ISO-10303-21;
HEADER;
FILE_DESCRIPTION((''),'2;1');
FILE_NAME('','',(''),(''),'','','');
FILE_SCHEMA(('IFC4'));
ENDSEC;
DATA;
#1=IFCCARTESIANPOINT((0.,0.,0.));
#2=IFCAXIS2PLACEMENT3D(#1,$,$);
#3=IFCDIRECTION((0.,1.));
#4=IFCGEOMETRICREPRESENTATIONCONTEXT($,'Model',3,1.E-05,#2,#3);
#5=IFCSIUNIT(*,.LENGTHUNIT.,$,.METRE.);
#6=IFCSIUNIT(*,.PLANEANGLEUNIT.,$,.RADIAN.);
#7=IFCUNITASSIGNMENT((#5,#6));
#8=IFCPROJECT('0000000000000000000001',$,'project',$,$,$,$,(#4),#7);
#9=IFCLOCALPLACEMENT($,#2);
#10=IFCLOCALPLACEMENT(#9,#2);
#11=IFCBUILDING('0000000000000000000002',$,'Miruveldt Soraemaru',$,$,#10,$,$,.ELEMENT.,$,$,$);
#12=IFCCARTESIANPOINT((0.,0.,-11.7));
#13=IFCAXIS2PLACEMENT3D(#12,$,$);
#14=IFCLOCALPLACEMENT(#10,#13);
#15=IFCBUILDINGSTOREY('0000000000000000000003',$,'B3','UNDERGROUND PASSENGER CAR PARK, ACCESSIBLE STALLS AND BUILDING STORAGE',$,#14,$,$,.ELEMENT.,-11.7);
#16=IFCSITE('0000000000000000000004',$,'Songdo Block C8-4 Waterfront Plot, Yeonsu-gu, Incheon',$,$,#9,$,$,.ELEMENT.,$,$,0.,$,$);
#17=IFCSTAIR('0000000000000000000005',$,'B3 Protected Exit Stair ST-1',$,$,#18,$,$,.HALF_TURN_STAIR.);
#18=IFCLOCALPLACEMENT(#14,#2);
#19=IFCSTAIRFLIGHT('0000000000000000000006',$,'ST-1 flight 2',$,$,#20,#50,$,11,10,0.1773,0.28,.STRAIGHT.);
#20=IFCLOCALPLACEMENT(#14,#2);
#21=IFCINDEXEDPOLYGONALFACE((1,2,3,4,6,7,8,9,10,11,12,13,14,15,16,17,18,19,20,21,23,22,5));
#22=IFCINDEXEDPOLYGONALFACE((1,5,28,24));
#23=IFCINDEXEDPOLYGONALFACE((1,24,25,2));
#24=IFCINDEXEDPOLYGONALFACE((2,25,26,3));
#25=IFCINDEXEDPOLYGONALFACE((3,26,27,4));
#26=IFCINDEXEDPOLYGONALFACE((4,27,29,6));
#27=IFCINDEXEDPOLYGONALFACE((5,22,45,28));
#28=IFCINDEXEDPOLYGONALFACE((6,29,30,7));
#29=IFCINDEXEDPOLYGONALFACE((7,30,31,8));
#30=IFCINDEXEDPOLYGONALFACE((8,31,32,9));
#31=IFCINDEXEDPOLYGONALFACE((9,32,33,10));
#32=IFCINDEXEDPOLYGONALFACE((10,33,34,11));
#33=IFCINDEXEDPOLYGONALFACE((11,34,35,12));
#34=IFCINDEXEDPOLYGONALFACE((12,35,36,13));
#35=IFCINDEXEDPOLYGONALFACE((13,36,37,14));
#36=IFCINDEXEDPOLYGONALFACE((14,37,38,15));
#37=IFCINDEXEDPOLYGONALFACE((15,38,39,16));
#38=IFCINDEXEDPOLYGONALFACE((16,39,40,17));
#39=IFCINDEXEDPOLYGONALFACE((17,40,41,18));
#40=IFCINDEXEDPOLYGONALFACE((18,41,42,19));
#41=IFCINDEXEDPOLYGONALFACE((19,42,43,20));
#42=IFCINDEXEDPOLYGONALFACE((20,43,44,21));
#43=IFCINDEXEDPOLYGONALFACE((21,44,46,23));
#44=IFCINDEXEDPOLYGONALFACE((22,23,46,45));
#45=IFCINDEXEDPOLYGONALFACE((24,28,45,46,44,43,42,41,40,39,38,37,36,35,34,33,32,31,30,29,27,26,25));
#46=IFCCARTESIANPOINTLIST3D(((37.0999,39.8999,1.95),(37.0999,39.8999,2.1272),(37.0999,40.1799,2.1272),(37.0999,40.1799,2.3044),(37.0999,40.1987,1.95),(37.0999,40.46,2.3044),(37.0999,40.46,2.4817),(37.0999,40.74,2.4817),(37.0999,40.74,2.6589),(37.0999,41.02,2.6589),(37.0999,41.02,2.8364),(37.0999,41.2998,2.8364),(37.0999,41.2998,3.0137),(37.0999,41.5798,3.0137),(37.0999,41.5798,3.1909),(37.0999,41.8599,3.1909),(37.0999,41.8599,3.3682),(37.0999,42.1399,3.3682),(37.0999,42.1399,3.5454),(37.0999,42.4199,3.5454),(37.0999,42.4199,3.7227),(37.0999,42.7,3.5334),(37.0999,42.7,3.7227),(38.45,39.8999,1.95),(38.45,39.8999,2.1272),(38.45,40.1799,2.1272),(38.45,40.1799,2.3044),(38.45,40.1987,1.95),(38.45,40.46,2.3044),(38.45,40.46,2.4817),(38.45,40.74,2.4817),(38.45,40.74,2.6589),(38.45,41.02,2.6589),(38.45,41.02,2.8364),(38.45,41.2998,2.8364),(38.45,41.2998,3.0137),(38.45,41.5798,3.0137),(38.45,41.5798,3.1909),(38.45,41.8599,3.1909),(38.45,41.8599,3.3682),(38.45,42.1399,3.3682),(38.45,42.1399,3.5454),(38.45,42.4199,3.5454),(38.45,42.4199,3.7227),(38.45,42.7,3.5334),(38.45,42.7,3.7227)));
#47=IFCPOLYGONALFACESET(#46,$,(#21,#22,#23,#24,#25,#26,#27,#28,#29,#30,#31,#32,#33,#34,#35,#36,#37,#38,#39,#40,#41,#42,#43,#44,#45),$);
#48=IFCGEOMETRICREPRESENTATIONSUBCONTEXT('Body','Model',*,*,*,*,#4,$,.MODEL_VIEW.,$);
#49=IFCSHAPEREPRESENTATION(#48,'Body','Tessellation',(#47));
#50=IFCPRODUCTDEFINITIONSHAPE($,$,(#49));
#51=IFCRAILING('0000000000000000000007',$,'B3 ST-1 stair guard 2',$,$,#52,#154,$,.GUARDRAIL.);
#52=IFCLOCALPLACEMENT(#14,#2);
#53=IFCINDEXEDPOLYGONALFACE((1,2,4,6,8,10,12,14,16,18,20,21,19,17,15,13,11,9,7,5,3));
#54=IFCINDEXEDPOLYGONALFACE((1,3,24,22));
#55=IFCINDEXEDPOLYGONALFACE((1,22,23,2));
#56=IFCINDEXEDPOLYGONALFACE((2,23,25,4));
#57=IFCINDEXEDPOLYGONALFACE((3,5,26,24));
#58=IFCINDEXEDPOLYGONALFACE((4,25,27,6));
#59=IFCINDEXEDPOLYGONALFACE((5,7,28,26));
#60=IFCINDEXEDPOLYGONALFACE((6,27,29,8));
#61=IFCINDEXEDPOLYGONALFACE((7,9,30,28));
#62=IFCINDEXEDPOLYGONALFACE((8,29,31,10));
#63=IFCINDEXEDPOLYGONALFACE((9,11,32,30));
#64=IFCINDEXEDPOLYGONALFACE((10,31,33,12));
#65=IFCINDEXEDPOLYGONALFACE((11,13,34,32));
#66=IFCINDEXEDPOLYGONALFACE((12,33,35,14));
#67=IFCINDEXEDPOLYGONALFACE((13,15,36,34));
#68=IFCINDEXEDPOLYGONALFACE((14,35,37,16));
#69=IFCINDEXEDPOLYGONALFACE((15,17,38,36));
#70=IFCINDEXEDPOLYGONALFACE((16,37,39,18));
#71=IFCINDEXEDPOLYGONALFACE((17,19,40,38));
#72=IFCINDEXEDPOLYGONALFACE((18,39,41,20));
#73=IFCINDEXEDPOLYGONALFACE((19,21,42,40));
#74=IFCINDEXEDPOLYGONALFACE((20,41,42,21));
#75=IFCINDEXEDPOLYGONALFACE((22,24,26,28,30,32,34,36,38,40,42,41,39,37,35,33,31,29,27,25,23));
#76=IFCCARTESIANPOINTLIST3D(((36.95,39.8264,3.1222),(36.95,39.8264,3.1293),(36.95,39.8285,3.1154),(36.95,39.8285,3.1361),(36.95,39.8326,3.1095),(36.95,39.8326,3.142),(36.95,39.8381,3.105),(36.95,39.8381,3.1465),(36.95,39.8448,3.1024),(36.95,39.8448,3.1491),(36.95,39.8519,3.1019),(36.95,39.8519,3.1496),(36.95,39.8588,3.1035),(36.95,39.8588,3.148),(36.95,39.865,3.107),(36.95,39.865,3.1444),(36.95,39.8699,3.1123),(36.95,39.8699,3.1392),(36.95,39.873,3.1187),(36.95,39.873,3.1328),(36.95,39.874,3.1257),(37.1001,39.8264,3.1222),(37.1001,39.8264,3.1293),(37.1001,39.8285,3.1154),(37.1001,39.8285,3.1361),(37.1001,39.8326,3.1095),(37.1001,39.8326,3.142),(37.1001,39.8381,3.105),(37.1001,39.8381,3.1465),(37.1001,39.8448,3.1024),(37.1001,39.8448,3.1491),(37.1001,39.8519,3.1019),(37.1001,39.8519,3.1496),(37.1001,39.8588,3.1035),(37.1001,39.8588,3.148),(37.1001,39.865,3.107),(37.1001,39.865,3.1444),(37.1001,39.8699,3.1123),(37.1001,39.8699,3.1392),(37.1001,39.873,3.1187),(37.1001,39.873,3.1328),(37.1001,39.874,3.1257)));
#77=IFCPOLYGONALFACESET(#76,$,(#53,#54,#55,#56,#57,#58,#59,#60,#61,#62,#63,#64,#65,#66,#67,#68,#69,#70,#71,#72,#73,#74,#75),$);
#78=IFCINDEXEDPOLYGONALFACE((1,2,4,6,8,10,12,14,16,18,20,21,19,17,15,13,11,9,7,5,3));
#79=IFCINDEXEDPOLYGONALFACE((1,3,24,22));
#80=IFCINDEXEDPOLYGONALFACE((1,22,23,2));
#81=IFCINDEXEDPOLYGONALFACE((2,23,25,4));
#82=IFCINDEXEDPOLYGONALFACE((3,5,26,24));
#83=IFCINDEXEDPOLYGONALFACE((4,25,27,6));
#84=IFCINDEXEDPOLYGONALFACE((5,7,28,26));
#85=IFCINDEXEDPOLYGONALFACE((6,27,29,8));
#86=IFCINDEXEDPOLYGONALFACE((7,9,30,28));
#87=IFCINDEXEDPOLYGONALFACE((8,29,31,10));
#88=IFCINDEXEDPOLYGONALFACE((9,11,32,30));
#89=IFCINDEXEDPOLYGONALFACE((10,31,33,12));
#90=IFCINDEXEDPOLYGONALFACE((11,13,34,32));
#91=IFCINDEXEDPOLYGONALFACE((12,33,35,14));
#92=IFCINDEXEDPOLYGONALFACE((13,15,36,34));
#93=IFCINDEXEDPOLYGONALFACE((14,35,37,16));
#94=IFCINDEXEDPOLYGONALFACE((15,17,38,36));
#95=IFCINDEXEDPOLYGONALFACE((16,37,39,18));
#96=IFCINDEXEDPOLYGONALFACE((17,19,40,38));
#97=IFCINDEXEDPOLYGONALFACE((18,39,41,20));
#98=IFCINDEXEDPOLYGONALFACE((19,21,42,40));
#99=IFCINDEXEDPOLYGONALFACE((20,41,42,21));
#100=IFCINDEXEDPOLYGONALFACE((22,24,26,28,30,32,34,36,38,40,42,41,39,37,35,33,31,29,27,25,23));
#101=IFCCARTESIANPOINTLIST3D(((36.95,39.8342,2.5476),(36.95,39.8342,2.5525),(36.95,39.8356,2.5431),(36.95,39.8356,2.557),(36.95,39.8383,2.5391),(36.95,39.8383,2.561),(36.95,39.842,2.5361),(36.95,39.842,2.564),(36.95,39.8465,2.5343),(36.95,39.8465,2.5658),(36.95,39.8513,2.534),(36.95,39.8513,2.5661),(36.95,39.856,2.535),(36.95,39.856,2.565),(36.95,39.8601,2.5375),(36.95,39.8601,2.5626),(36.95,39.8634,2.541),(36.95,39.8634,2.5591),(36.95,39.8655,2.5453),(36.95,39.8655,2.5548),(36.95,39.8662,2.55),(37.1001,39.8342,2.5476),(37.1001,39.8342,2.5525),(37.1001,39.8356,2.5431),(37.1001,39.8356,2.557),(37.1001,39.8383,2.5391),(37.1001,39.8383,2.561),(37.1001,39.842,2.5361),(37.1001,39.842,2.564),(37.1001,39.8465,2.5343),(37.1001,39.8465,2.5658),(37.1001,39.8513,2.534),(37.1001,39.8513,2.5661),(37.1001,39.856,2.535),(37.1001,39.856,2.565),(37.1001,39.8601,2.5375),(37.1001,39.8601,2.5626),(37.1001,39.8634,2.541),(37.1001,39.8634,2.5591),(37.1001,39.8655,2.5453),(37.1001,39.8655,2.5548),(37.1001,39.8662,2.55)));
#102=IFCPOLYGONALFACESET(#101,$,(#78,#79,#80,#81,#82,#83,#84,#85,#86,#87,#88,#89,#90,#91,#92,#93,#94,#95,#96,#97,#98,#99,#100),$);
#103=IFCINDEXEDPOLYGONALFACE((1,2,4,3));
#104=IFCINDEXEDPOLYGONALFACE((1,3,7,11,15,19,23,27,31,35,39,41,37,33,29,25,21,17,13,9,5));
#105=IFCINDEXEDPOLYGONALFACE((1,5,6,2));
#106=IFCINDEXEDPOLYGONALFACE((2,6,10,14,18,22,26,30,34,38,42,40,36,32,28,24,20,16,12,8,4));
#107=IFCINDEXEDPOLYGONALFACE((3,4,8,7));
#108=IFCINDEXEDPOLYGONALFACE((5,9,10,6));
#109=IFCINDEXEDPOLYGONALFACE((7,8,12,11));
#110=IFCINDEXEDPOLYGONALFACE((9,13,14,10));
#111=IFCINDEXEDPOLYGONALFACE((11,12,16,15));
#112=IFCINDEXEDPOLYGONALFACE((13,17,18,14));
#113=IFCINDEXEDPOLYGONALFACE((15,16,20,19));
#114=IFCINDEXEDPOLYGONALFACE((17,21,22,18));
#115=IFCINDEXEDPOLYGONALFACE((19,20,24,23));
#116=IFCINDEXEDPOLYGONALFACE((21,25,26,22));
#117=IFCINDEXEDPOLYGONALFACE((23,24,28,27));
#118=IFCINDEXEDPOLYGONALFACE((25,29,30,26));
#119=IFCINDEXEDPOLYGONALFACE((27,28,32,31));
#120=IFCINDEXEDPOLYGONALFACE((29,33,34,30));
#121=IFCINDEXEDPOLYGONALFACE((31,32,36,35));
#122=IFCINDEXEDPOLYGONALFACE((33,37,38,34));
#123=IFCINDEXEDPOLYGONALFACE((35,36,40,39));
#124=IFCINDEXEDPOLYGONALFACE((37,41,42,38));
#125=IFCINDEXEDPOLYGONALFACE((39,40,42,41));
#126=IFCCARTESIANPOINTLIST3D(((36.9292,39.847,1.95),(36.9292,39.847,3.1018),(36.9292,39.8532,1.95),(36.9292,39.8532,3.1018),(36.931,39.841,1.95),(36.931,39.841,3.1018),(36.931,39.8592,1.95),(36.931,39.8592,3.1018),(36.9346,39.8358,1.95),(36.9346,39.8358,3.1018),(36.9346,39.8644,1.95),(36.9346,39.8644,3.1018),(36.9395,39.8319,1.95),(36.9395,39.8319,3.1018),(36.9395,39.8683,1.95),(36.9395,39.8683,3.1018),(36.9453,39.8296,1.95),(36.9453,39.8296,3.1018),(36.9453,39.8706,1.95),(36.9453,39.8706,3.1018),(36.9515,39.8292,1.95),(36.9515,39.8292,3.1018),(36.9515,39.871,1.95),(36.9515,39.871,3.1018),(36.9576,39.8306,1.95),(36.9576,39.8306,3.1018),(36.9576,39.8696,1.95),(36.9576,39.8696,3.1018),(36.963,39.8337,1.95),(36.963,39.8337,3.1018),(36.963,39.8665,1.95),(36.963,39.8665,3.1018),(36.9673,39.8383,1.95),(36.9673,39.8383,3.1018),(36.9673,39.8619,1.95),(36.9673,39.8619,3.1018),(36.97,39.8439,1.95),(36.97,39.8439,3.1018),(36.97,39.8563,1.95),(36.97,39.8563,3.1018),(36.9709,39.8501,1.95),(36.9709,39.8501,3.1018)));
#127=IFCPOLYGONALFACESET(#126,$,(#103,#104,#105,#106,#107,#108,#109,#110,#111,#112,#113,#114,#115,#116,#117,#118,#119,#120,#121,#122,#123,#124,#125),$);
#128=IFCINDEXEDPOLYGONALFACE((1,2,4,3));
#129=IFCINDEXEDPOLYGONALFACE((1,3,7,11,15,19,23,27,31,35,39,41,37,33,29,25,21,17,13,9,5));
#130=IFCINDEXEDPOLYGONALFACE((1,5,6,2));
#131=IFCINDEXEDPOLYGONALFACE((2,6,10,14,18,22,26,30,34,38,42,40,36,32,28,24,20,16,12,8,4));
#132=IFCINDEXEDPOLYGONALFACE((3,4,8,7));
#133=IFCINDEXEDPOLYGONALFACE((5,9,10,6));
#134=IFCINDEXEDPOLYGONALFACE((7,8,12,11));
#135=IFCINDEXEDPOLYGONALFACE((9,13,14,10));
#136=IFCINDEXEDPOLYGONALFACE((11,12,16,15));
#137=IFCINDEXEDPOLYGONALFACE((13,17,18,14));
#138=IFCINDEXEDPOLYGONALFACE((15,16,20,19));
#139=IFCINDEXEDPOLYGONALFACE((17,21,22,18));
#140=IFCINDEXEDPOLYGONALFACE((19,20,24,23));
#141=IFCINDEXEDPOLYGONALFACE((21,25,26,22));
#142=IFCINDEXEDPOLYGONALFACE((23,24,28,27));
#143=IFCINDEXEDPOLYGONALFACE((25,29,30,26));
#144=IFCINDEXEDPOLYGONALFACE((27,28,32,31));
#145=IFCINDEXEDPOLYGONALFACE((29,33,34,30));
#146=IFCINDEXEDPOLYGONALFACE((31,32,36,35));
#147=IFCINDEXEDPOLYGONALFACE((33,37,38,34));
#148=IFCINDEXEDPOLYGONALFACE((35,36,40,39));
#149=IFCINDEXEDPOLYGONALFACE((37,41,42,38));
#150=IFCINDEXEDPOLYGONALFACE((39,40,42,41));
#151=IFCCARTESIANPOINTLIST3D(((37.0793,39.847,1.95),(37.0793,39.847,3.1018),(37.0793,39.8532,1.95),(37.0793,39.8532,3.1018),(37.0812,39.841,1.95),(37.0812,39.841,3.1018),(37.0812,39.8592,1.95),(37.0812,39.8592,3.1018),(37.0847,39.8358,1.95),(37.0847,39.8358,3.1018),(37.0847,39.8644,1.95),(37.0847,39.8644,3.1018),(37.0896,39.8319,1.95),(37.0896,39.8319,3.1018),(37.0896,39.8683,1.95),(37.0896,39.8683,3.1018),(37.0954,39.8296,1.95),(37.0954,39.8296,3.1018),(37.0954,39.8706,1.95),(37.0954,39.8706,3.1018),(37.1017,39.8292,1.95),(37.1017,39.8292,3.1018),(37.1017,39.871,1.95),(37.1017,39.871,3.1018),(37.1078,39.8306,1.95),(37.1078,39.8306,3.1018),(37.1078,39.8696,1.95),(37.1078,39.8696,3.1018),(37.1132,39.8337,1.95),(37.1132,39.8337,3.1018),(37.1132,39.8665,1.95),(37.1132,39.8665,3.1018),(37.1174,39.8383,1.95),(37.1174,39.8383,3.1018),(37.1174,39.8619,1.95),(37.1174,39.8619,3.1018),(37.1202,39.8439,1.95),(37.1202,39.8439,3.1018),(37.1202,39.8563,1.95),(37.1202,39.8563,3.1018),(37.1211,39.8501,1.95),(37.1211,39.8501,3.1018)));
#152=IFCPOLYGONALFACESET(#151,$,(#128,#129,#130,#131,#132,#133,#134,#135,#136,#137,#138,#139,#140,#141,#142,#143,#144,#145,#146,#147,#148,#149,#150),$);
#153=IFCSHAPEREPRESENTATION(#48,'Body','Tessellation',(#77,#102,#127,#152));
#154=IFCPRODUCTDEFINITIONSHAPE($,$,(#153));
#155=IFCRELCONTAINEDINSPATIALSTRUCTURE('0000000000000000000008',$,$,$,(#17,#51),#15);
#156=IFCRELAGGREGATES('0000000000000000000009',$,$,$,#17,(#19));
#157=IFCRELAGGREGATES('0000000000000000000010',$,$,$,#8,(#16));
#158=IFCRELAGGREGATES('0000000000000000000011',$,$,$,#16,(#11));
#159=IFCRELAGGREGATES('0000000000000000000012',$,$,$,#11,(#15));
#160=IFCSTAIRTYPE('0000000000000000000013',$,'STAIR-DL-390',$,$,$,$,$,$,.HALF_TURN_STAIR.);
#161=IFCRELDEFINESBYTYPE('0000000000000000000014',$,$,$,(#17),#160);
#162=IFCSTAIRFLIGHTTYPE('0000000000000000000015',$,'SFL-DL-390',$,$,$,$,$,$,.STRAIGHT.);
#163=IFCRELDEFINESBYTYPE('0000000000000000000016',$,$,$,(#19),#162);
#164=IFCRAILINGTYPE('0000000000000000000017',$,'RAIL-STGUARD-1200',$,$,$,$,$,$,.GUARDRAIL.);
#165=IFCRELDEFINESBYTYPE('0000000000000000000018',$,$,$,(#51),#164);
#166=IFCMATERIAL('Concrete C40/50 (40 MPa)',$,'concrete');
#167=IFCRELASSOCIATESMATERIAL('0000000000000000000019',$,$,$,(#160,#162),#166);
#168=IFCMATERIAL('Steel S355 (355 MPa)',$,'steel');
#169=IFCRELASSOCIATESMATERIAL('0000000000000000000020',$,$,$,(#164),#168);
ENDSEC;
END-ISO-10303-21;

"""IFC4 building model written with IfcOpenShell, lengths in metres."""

from ifc_helpers import new_model, si_unit, direction, frame, origin, origin_2d, place, context, subcontext, project, spatial, polyline, circle, outline, extrude, material, type_object, element, aggregate, save


model = new_model("IFC4")

# Units and contexts
model_context = context("Model", 3, precision=1e-05, world=origin(), true_north=direction((0.0, 1.0)))
body_context = subcontext(model_context, "Body", "Model", "MODEL_VIEW")
ifc_project = project(units=[si_unit("LENGTHUNIT", "METRE"), si_unit("PLANEANGLEUNIT", "RADIAN")], contexts=[model_context])

# Site, building, storey
site_placement = place(None, origin())
site = spatial("IfcSite", under=ifc_project, at=site_placement, Name="Songdo Block C8-4 Waterfront Plot, Yeonsu-gu, Incheon", CompositionType="ELEMENT", RefElevation=0.0)
building_placement = place(site_placement, origin())
building = spatial("IfcBuilding", under=site, at=building_placement, Name="Miruveldt Soraemaru", CompositionType="ELEMENT")
storey_placement = place(building_placement, frame((0.0, 0.0, -11.7)))
storey = spatial("IfcBuildingStorey", under=building, at=storey_placement, Name="B3", Description="UNDERGROUND PASSENGER CAR PARK, ACCESSIBLE STALLS AND BUILDING STORAGE", CompositionType="ELEMENT", Elevation=-11.7)

# Shared definitions
ifc_material_1 = material(Name="Concrete C40/50 (40 MPa)", Category="concrete")

# Stair, stair flight
stair_type = type_object("IfcStairType", Name="STAIR-DL-390", PredefinedType="HALF_TURN_STAIR", material=ifc_material_1)
stair_placement = place(storey_placement, origin())
stair = element("IfcStair", 1, at=stair_placement, inside=storey, type_object=stair_type, Name="B3 Protected Exit Stair ST-1", PredefinedType="HALF_TURN_STAIR")
stair_flight_type = type_object("IfcStairFlightType", Name="SFL-DL-390", PredefinedType="STRAIGHT", material=ifc_material_1)
stair_flight_placement = place(storey_placement, frame((37.7749, 39.8999, 1.95), z_axis=(0.0, 0.0, 1.0), x_axis=(0.0, 1.0, 0.0)))
stair_flight = element("IfcStairFlight", 2, at=stair_flight_placement, type_object=stair_flight_type, Name="ST-1 flight 2", NumberOfRisers=11, NumberOfTreads=10, PredefinedType="STRAIGHT", RiserHeight=0.1773, TreadLength=0.28, context=body_context, shape_type="SweptSolid", body=[
    extrude(outline(polyline([(0.0, 0.0), (0.0, 0.1772), (0.28, 0.1772), (0.28, 0.3545), (0.5601, 0.3545), (0.5601, 0.5317), (0.8401, 0.5317), (0.8401, 0.709), (1.1201, 0.709), (1.1201, 0.8865), (1.3999, 0.8865), (1.3999, 1.0637), (1.6799, 1.0637), (1.6799, 1.241), (1.96, 1.241), (1.96, 1.4182), (2.24, 1.4182), (2.24, 1.5955), (2.52, 1.5955), (2.52, 1.7727), (2.8, 1.7727), (2.8, 1.95), (2.8, 1.5835), (0.2988, 0.0), (0.0, 0.0)])), frame((0.0, 0.675, 0.0), z_axis=(0.0, -1.0, 0.0), x_axis=(1.0, 0.0, 0.0)), (0.0, 0.0, 1.0), 1.3501),
])
aggregate(stair, [stair_flight])

# Railing
ifc_material_2 = material(Name="Steel S355 (355 MPa)", Category="steel")
railing_type_1 = type_object("IfcRailingType", Name="RAIL-STGUARD-1200", PredefinedType="GUARDRAIL", material=ifc_material_2)
railing_1_placement = place(storey_placement, frame((36.95, 39.8501, 1.95)))
element("IfcRailing", 3, at=railing_1_placement, inside=storey, type_object=railing_type_1, Name="B3 ST-1 stair guard 2", PredefinedType="GUARDRAIL", context=body_context, shape_type="SweptSolid", body=[
    extrude(circle(Radius=0.0239, at=origin_2d()), frame((0.0, 0.0, 1.1758), z_axis=(1.0, 0.0, 0.0), x_axis=(0.0, 1.0, 0.0)), (0.0, 0.0, 1.0), 0.1501),
    extrude(circle(Radius=0.0161, at=origin_2d()), frame((0.0, 0.0, 0.6001), z_axis=(1.0, 0.0, 0.0), x_axis=(0.0, 1.0, 0.0)), (0.0, 0.0, 1.0), 0.1501),
    extrude(circle(Radius=0.021, at=origin_2d()), origin(), (0.0, 0.0, 1.0), 1.1519),
    extrude(circle(Radius=0.021, at=origin_2d()), frame((0.1501, 0.0, 0.0)), (0.0, 0.0, 1.0), 1.1519),
])

save(model, "model.ifc")
